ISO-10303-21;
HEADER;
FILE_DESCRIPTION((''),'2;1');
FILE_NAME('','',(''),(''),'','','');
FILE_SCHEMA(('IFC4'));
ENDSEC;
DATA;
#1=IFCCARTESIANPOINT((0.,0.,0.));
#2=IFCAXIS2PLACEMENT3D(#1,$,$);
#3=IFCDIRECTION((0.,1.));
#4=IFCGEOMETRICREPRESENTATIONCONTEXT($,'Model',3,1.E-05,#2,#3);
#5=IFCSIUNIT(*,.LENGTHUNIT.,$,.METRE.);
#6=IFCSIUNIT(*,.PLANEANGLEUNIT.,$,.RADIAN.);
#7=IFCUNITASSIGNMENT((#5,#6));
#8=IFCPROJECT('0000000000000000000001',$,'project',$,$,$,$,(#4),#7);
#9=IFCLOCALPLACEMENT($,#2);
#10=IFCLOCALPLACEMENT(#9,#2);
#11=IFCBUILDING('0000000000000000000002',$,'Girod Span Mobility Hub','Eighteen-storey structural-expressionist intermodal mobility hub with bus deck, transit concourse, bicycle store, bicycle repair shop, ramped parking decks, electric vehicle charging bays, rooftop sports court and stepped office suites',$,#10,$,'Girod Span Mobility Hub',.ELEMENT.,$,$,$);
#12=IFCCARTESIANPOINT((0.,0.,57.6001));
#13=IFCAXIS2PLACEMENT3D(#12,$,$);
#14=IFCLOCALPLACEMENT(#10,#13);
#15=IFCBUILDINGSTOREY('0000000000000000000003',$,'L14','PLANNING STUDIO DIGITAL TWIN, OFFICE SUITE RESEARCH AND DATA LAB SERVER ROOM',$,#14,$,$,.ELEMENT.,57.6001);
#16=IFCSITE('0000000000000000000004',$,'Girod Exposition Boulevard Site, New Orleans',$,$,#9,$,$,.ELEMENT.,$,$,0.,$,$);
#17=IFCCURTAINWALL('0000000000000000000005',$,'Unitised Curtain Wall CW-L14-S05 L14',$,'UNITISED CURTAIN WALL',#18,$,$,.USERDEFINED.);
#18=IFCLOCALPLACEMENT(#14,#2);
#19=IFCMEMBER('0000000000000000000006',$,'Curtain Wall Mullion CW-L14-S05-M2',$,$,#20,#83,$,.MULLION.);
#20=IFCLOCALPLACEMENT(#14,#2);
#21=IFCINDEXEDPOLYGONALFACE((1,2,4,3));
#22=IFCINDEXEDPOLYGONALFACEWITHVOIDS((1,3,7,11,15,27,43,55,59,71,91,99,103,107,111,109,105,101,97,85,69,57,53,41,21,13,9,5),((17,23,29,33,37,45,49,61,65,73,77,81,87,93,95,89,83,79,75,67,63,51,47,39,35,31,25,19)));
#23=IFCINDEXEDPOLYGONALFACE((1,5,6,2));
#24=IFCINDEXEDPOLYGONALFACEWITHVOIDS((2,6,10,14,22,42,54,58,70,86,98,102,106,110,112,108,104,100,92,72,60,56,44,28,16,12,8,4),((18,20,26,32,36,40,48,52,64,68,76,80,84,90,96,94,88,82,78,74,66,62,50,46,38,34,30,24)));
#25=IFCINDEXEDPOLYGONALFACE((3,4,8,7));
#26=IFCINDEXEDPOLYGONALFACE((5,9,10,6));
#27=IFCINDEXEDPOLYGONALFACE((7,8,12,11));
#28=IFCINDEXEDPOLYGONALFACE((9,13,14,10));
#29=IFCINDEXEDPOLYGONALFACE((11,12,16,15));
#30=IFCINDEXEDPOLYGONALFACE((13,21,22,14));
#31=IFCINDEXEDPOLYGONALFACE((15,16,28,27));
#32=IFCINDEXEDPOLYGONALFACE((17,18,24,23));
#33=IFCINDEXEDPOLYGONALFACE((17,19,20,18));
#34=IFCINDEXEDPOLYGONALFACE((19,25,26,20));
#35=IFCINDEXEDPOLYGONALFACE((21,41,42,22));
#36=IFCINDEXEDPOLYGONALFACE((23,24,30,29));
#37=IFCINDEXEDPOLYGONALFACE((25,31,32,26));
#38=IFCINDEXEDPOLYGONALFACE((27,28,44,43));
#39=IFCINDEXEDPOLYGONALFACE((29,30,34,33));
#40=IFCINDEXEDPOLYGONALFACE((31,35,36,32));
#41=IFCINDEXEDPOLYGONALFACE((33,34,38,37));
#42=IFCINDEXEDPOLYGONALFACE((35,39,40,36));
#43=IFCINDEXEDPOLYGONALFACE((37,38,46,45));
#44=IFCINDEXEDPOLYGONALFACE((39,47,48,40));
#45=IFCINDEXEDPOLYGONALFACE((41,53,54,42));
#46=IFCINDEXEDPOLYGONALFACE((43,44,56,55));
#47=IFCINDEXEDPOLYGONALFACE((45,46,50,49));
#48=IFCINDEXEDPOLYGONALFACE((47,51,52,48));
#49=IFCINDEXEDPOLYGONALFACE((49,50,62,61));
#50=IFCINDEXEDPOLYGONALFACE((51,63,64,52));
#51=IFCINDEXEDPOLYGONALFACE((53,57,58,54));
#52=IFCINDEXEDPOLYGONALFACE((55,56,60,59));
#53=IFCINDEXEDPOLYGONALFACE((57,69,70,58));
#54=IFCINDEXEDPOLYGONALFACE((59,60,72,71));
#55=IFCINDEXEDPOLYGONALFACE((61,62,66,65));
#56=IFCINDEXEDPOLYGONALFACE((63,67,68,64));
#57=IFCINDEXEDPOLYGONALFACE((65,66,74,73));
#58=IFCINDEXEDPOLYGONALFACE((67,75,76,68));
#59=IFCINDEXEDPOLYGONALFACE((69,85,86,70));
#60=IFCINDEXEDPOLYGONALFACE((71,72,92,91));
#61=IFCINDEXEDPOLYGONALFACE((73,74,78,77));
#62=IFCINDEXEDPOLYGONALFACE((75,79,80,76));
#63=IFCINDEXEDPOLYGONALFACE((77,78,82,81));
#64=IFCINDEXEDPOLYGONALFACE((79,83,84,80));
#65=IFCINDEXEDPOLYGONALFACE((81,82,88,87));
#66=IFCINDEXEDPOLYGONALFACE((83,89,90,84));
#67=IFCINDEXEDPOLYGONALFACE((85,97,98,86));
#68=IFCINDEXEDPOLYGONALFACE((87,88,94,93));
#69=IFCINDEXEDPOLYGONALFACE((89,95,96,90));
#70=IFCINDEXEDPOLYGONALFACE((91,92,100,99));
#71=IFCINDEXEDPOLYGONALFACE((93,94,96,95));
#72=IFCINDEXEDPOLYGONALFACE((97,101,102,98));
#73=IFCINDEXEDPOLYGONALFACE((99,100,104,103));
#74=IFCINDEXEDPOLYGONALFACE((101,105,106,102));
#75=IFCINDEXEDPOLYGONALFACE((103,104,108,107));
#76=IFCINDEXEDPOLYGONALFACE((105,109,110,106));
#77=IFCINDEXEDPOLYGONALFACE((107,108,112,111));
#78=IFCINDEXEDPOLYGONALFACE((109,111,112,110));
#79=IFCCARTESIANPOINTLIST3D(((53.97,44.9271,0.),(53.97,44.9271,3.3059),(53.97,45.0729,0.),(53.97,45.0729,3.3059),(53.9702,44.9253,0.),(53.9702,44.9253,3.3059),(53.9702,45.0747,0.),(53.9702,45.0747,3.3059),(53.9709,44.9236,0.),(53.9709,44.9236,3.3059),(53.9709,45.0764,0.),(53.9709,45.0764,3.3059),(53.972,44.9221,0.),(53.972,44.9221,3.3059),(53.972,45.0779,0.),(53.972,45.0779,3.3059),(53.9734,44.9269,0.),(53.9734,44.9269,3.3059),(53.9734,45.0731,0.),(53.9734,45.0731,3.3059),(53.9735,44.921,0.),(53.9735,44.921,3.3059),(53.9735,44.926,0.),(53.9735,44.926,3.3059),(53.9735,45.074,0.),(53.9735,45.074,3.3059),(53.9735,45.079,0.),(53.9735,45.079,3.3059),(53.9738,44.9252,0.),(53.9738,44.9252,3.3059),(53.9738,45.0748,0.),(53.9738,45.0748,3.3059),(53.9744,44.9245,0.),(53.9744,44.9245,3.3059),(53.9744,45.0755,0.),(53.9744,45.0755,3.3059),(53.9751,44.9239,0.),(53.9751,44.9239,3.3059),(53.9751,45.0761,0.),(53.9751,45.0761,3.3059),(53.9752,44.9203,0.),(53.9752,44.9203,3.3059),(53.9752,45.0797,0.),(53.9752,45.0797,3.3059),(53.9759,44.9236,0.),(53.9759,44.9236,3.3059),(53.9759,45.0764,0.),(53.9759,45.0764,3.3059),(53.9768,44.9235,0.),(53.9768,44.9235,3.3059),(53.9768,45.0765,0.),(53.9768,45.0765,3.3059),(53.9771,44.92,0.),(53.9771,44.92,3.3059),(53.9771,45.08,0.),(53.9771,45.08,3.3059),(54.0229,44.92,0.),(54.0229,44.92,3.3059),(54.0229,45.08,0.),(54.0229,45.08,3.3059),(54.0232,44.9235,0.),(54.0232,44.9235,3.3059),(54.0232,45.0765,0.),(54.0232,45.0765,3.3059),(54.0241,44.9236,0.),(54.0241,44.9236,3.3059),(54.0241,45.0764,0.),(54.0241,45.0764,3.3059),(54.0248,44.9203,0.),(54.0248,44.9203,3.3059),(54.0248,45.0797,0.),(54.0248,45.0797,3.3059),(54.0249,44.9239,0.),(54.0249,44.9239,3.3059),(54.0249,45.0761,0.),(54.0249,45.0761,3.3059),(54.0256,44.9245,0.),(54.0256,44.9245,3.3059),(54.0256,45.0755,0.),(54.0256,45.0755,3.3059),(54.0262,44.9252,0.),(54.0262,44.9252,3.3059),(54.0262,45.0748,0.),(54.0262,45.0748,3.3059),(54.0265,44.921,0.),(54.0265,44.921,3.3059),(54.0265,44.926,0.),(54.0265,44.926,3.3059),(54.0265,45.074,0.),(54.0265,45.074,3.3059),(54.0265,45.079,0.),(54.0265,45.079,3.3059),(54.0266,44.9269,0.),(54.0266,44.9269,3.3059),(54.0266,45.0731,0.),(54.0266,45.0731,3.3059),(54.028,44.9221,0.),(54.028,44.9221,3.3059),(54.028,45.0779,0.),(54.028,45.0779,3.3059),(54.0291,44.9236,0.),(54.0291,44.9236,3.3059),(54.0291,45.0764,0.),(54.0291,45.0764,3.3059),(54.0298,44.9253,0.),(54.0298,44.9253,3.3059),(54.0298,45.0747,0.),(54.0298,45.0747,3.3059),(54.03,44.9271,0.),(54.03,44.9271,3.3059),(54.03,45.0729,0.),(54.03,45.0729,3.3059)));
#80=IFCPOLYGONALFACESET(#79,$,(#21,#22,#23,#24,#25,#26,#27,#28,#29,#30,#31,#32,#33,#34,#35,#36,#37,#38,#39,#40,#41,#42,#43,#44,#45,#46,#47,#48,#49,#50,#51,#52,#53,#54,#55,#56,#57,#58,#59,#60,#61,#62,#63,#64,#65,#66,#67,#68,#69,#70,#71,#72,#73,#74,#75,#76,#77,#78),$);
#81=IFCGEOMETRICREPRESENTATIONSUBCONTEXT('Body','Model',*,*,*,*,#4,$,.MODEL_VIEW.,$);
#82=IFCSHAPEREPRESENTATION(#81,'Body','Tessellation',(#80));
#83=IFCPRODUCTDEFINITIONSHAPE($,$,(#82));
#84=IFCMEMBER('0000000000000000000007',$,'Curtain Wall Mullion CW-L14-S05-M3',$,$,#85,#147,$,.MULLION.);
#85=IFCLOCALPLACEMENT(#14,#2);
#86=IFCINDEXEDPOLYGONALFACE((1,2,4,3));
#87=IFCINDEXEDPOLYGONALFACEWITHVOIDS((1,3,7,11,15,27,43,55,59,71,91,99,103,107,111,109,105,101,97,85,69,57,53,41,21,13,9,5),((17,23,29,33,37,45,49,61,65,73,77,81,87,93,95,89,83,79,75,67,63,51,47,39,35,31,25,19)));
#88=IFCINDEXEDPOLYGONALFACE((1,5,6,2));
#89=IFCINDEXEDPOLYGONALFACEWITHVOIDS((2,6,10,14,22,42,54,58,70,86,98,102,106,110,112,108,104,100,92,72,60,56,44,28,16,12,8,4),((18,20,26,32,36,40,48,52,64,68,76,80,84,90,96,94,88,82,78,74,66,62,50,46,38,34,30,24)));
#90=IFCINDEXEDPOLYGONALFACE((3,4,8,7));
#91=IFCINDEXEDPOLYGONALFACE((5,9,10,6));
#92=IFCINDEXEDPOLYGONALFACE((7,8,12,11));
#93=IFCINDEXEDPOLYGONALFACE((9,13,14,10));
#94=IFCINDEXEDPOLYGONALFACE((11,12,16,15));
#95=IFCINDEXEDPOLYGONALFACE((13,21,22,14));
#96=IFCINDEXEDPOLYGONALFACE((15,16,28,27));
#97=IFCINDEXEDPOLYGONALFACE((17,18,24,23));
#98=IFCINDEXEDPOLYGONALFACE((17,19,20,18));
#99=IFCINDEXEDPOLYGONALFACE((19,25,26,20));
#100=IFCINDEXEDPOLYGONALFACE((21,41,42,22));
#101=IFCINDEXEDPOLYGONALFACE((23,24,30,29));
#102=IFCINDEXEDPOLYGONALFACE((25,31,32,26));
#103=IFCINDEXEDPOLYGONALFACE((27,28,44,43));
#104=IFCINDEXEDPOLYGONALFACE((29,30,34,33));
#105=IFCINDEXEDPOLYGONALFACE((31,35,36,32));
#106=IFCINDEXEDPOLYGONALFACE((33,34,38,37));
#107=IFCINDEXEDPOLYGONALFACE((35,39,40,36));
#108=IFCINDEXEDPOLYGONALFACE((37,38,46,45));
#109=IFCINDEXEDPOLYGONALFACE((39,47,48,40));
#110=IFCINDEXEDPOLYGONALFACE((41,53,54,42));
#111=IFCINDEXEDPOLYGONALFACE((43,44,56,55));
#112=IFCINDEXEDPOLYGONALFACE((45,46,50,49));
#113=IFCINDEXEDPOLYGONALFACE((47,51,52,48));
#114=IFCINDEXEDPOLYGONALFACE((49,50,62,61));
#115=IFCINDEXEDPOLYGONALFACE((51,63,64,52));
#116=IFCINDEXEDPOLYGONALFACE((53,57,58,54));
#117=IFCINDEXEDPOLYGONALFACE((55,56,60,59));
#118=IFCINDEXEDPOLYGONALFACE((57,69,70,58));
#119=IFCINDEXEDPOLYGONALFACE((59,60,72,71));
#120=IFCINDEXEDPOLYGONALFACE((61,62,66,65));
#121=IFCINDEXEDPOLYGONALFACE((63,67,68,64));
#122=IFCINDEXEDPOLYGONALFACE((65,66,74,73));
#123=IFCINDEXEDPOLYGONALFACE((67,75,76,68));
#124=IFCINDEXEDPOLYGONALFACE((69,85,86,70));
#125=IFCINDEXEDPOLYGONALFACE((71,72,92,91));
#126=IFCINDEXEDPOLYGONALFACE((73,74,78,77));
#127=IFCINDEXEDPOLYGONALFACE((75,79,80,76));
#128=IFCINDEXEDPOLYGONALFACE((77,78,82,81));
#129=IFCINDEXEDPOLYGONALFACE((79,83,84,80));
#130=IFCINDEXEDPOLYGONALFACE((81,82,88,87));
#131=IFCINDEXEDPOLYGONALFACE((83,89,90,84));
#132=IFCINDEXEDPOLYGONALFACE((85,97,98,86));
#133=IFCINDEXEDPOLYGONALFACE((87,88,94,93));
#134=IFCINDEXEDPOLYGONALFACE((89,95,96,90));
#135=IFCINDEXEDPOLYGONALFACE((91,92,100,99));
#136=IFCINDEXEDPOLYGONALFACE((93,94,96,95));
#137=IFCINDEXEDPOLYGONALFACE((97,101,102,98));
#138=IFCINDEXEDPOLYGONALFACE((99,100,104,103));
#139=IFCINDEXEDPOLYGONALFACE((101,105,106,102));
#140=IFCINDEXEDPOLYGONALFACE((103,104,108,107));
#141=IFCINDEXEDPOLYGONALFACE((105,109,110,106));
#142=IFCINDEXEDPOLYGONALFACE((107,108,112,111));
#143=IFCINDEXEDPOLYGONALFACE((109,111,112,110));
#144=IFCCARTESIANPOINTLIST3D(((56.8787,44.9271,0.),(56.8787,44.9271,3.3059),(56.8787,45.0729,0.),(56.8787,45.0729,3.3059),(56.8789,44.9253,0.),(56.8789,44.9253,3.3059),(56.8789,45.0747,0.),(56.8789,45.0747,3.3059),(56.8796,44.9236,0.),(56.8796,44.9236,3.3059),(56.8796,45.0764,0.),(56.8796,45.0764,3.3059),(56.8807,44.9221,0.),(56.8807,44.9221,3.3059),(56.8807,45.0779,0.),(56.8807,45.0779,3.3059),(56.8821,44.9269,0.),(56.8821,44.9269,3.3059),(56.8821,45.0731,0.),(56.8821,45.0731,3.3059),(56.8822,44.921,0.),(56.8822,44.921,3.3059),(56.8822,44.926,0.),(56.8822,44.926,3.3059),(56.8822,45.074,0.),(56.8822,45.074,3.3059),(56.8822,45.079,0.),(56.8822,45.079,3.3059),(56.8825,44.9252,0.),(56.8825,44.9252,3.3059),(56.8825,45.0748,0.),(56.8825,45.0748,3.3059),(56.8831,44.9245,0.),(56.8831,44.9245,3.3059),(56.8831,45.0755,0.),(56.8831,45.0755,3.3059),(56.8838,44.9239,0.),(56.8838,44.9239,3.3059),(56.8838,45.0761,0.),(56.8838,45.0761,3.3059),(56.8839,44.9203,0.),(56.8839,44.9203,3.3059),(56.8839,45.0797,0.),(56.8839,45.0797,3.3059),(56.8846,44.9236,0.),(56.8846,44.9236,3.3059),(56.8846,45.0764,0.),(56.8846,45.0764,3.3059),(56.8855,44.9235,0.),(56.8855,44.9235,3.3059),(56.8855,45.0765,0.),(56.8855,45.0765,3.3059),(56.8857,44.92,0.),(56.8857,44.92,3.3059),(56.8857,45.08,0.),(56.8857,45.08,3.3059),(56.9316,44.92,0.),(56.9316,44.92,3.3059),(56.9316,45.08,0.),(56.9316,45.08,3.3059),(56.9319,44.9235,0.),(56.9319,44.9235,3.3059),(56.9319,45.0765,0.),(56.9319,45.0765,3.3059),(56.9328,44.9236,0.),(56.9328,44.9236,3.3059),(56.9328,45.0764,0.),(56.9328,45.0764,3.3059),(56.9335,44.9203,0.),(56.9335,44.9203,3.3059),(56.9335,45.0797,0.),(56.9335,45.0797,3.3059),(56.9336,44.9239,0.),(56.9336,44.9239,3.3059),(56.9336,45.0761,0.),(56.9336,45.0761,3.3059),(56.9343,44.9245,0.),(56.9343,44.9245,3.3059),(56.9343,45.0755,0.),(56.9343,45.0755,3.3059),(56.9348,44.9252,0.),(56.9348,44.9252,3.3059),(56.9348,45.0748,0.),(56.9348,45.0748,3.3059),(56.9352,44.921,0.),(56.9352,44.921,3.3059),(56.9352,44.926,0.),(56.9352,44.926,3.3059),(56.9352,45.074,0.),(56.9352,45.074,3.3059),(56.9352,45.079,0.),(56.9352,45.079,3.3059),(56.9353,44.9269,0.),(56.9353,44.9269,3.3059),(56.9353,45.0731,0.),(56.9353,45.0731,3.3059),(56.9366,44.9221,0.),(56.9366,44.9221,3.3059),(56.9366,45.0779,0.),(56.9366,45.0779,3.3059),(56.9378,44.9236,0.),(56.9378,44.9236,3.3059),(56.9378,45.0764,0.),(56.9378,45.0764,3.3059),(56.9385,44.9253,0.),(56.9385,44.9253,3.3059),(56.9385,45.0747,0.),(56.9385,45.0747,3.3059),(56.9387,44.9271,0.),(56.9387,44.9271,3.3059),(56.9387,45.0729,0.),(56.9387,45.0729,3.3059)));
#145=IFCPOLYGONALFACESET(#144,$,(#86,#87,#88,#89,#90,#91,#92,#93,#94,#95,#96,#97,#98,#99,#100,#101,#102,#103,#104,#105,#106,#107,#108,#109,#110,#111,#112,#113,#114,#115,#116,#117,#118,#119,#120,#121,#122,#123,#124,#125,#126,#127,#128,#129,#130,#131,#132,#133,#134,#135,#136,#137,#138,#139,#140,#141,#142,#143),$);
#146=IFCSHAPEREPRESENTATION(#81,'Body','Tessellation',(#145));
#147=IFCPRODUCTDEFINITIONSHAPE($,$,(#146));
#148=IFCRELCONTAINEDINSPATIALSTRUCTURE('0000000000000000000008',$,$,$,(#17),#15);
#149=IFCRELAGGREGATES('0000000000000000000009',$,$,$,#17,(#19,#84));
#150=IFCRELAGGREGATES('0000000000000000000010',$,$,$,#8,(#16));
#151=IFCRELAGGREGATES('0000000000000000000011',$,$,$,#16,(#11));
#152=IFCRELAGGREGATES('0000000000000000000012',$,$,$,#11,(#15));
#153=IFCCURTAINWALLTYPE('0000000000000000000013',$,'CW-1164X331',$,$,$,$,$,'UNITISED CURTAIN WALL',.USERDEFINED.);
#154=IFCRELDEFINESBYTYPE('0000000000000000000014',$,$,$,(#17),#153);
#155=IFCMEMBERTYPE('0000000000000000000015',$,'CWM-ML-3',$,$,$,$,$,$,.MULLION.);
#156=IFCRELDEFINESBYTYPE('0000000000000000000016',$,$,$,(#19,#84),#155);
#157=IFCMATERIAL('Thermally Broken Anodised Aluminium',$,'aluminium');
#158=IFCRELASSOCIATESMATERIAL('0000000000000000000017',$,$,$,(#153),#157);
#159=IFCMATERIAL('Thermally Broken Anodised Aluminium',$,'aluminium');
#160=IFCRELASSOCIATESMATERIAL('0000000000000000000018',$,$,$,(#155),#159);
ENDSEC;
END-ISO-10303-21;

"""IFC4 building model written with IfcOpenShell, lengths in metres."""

from ifc_helpers import new_model, si_unit, direction, frame, origin, origin_2d, place, context, subcontext, project, spatial, hollow_rectangle, extrude, material, material_profile, profile_set, type_object, element, aggregate, save


model = new_model("IFC4")

# Units and contexts
model_context = context("Model", 3, precision=1e-05, world=origin(), true_north=direction((0.0, 1.0)))
body_context = subcontext(model_context, "Body", "Model", "MODEL_VIEW")
ifc_project = project(units=[si_unit("LENGTHUNIT", "METRE"), si_unit("PLANEANGLEUNIT", "RADIAN")], contexts=[model_context])

# Site, building, storey
site_placement = place(None, origin())
site = spatial("IfcSite", under=ifc_project, at=site_placement, Name="Girod Exposition Boulevard Site, New Orleans", CompositionType="ELEMENT", RefElevation=0.0)
building_placement = place(site_placement, origin())
building = spatial("IfcBuilding", under=site, at=building_placement, Name="Girod Span Mobility Hub", Description="Eighteen-storey structural-expressionist intermodal mobility hub with bus deck, transit concourse, bicycle store, bicycle repair shop, ramped parking decks, electric vehicle charging bays, rooftop sports court and stepped office suites", LongName="Girod Span Mobility Hub", CompositionType="ELEMENT")
storey_placement = place(building_placement, frame((0.0, 0.0, 57.6001)))
storey = spatial("IfcBuildingStorey", under=building, at=storey_placement, Name="L14", Description="PLANNING STUDIO DIGITAL TWIN, OFFICE SUITE RESEARCH AND DATA LAB SERVER ROOM", CompositionType="ELEMENT", Elevation=57.6001)

# Curtain wall, members
ifc_material_1 = material(Name="Thermally Broken Anodised Aluminium", Category="aluminium")
curtain_wall_type = type_object("IfcCurtainWallType", Name="CW-1164X331", ElementType="UNITISED CURTAIN WALL", PredefinedType="USERDEFINED", material=ifc_material_1)
curtain_wall_1_placement = place(storey_placement, origin())
curtain_wall_1 = element("IfcCurtainWall", 1, at=curtain_wall_1_placement, inside=storey, type_object=curtain_wall_type, Name="Unitised Curtain Wall CW-L14-S05 L14", ObjectType="UNITISED CURTAIN WALL", PredefinedType="USERDEFINED")
ifc_material_2 = material(Name="Thermally Broken Anodised Aluminium", Category="aluminium")
ifc_material_profile_1 = material_profile(ifc_material_2, hollow_rectangle(XDim=0.1599, YDim=0.0601, WallThickness=0.0034, InnerFilletRadius=0.0034, OuterFilletRadius=0.0071, at=origin_2d()), Name="CW-ML-60X160")
ifc_profile_set_1 = profile_set([ifc_material_profile_1], Name="Thermally Broken Anodised Aluminium")
member_type_1 = type_object("IfcMemberType", Name="CWM-ML-3", PredefinedType="MULLION", material=ifc_profile_set_1)
member_1_placement = place(storey_placement, frame((54.0, 45.0, 0.0), z_axis=(0.0, 0.0, 1.0), x_axis=(0.0, 1.0, 0.0)))
member_1 = element("IfcMember", 2, at=member_1_placement, type_object=member_type_1, Name="Curtain Wall Mullion CW-L14-S05-M2", PredefinedType="MULLION", context=body_context, shape_type="SweptSolid", body=[
    extrude(hollow_rectangle(XDim=0.1599, YDim=0.0601, WallThickness=0.0034, InnerFilletRadius=0.0034, OuterFilletRadius=0.0071, at=origin_2d()), origin(), (0.0, 0.0, 1.0), 3.3059),
])
member_2_placement = place(storey_placement, frame((56.9087, 45.0, 0.0), z_axis=(0.0, 0.0, 1.0), x_axis=(0.0, 1.0, 0.0)))
member_2 = element("IfcMember", 3, at=member_2_placement, type_object=member_type_1, Name="Curtain Wall Mullion CW-L14-S05-M3", PredefinedType="MULLION", context=body_context, shape_type="SweptSolid", body=[
    extrude(hollow_rectangle(XDim=0.1599, YDim=0.0601, WallThickness=0.0034, InnerFilletRadius=0.0034, OuterFilletRadius=0.0071, at=origin_2d()), origin(), (0.0, 0.0, 1.0), 3.3059),
])

aggregate(curtain_wall_1, [member_1, member_2])

save(model, "model.ifc")
